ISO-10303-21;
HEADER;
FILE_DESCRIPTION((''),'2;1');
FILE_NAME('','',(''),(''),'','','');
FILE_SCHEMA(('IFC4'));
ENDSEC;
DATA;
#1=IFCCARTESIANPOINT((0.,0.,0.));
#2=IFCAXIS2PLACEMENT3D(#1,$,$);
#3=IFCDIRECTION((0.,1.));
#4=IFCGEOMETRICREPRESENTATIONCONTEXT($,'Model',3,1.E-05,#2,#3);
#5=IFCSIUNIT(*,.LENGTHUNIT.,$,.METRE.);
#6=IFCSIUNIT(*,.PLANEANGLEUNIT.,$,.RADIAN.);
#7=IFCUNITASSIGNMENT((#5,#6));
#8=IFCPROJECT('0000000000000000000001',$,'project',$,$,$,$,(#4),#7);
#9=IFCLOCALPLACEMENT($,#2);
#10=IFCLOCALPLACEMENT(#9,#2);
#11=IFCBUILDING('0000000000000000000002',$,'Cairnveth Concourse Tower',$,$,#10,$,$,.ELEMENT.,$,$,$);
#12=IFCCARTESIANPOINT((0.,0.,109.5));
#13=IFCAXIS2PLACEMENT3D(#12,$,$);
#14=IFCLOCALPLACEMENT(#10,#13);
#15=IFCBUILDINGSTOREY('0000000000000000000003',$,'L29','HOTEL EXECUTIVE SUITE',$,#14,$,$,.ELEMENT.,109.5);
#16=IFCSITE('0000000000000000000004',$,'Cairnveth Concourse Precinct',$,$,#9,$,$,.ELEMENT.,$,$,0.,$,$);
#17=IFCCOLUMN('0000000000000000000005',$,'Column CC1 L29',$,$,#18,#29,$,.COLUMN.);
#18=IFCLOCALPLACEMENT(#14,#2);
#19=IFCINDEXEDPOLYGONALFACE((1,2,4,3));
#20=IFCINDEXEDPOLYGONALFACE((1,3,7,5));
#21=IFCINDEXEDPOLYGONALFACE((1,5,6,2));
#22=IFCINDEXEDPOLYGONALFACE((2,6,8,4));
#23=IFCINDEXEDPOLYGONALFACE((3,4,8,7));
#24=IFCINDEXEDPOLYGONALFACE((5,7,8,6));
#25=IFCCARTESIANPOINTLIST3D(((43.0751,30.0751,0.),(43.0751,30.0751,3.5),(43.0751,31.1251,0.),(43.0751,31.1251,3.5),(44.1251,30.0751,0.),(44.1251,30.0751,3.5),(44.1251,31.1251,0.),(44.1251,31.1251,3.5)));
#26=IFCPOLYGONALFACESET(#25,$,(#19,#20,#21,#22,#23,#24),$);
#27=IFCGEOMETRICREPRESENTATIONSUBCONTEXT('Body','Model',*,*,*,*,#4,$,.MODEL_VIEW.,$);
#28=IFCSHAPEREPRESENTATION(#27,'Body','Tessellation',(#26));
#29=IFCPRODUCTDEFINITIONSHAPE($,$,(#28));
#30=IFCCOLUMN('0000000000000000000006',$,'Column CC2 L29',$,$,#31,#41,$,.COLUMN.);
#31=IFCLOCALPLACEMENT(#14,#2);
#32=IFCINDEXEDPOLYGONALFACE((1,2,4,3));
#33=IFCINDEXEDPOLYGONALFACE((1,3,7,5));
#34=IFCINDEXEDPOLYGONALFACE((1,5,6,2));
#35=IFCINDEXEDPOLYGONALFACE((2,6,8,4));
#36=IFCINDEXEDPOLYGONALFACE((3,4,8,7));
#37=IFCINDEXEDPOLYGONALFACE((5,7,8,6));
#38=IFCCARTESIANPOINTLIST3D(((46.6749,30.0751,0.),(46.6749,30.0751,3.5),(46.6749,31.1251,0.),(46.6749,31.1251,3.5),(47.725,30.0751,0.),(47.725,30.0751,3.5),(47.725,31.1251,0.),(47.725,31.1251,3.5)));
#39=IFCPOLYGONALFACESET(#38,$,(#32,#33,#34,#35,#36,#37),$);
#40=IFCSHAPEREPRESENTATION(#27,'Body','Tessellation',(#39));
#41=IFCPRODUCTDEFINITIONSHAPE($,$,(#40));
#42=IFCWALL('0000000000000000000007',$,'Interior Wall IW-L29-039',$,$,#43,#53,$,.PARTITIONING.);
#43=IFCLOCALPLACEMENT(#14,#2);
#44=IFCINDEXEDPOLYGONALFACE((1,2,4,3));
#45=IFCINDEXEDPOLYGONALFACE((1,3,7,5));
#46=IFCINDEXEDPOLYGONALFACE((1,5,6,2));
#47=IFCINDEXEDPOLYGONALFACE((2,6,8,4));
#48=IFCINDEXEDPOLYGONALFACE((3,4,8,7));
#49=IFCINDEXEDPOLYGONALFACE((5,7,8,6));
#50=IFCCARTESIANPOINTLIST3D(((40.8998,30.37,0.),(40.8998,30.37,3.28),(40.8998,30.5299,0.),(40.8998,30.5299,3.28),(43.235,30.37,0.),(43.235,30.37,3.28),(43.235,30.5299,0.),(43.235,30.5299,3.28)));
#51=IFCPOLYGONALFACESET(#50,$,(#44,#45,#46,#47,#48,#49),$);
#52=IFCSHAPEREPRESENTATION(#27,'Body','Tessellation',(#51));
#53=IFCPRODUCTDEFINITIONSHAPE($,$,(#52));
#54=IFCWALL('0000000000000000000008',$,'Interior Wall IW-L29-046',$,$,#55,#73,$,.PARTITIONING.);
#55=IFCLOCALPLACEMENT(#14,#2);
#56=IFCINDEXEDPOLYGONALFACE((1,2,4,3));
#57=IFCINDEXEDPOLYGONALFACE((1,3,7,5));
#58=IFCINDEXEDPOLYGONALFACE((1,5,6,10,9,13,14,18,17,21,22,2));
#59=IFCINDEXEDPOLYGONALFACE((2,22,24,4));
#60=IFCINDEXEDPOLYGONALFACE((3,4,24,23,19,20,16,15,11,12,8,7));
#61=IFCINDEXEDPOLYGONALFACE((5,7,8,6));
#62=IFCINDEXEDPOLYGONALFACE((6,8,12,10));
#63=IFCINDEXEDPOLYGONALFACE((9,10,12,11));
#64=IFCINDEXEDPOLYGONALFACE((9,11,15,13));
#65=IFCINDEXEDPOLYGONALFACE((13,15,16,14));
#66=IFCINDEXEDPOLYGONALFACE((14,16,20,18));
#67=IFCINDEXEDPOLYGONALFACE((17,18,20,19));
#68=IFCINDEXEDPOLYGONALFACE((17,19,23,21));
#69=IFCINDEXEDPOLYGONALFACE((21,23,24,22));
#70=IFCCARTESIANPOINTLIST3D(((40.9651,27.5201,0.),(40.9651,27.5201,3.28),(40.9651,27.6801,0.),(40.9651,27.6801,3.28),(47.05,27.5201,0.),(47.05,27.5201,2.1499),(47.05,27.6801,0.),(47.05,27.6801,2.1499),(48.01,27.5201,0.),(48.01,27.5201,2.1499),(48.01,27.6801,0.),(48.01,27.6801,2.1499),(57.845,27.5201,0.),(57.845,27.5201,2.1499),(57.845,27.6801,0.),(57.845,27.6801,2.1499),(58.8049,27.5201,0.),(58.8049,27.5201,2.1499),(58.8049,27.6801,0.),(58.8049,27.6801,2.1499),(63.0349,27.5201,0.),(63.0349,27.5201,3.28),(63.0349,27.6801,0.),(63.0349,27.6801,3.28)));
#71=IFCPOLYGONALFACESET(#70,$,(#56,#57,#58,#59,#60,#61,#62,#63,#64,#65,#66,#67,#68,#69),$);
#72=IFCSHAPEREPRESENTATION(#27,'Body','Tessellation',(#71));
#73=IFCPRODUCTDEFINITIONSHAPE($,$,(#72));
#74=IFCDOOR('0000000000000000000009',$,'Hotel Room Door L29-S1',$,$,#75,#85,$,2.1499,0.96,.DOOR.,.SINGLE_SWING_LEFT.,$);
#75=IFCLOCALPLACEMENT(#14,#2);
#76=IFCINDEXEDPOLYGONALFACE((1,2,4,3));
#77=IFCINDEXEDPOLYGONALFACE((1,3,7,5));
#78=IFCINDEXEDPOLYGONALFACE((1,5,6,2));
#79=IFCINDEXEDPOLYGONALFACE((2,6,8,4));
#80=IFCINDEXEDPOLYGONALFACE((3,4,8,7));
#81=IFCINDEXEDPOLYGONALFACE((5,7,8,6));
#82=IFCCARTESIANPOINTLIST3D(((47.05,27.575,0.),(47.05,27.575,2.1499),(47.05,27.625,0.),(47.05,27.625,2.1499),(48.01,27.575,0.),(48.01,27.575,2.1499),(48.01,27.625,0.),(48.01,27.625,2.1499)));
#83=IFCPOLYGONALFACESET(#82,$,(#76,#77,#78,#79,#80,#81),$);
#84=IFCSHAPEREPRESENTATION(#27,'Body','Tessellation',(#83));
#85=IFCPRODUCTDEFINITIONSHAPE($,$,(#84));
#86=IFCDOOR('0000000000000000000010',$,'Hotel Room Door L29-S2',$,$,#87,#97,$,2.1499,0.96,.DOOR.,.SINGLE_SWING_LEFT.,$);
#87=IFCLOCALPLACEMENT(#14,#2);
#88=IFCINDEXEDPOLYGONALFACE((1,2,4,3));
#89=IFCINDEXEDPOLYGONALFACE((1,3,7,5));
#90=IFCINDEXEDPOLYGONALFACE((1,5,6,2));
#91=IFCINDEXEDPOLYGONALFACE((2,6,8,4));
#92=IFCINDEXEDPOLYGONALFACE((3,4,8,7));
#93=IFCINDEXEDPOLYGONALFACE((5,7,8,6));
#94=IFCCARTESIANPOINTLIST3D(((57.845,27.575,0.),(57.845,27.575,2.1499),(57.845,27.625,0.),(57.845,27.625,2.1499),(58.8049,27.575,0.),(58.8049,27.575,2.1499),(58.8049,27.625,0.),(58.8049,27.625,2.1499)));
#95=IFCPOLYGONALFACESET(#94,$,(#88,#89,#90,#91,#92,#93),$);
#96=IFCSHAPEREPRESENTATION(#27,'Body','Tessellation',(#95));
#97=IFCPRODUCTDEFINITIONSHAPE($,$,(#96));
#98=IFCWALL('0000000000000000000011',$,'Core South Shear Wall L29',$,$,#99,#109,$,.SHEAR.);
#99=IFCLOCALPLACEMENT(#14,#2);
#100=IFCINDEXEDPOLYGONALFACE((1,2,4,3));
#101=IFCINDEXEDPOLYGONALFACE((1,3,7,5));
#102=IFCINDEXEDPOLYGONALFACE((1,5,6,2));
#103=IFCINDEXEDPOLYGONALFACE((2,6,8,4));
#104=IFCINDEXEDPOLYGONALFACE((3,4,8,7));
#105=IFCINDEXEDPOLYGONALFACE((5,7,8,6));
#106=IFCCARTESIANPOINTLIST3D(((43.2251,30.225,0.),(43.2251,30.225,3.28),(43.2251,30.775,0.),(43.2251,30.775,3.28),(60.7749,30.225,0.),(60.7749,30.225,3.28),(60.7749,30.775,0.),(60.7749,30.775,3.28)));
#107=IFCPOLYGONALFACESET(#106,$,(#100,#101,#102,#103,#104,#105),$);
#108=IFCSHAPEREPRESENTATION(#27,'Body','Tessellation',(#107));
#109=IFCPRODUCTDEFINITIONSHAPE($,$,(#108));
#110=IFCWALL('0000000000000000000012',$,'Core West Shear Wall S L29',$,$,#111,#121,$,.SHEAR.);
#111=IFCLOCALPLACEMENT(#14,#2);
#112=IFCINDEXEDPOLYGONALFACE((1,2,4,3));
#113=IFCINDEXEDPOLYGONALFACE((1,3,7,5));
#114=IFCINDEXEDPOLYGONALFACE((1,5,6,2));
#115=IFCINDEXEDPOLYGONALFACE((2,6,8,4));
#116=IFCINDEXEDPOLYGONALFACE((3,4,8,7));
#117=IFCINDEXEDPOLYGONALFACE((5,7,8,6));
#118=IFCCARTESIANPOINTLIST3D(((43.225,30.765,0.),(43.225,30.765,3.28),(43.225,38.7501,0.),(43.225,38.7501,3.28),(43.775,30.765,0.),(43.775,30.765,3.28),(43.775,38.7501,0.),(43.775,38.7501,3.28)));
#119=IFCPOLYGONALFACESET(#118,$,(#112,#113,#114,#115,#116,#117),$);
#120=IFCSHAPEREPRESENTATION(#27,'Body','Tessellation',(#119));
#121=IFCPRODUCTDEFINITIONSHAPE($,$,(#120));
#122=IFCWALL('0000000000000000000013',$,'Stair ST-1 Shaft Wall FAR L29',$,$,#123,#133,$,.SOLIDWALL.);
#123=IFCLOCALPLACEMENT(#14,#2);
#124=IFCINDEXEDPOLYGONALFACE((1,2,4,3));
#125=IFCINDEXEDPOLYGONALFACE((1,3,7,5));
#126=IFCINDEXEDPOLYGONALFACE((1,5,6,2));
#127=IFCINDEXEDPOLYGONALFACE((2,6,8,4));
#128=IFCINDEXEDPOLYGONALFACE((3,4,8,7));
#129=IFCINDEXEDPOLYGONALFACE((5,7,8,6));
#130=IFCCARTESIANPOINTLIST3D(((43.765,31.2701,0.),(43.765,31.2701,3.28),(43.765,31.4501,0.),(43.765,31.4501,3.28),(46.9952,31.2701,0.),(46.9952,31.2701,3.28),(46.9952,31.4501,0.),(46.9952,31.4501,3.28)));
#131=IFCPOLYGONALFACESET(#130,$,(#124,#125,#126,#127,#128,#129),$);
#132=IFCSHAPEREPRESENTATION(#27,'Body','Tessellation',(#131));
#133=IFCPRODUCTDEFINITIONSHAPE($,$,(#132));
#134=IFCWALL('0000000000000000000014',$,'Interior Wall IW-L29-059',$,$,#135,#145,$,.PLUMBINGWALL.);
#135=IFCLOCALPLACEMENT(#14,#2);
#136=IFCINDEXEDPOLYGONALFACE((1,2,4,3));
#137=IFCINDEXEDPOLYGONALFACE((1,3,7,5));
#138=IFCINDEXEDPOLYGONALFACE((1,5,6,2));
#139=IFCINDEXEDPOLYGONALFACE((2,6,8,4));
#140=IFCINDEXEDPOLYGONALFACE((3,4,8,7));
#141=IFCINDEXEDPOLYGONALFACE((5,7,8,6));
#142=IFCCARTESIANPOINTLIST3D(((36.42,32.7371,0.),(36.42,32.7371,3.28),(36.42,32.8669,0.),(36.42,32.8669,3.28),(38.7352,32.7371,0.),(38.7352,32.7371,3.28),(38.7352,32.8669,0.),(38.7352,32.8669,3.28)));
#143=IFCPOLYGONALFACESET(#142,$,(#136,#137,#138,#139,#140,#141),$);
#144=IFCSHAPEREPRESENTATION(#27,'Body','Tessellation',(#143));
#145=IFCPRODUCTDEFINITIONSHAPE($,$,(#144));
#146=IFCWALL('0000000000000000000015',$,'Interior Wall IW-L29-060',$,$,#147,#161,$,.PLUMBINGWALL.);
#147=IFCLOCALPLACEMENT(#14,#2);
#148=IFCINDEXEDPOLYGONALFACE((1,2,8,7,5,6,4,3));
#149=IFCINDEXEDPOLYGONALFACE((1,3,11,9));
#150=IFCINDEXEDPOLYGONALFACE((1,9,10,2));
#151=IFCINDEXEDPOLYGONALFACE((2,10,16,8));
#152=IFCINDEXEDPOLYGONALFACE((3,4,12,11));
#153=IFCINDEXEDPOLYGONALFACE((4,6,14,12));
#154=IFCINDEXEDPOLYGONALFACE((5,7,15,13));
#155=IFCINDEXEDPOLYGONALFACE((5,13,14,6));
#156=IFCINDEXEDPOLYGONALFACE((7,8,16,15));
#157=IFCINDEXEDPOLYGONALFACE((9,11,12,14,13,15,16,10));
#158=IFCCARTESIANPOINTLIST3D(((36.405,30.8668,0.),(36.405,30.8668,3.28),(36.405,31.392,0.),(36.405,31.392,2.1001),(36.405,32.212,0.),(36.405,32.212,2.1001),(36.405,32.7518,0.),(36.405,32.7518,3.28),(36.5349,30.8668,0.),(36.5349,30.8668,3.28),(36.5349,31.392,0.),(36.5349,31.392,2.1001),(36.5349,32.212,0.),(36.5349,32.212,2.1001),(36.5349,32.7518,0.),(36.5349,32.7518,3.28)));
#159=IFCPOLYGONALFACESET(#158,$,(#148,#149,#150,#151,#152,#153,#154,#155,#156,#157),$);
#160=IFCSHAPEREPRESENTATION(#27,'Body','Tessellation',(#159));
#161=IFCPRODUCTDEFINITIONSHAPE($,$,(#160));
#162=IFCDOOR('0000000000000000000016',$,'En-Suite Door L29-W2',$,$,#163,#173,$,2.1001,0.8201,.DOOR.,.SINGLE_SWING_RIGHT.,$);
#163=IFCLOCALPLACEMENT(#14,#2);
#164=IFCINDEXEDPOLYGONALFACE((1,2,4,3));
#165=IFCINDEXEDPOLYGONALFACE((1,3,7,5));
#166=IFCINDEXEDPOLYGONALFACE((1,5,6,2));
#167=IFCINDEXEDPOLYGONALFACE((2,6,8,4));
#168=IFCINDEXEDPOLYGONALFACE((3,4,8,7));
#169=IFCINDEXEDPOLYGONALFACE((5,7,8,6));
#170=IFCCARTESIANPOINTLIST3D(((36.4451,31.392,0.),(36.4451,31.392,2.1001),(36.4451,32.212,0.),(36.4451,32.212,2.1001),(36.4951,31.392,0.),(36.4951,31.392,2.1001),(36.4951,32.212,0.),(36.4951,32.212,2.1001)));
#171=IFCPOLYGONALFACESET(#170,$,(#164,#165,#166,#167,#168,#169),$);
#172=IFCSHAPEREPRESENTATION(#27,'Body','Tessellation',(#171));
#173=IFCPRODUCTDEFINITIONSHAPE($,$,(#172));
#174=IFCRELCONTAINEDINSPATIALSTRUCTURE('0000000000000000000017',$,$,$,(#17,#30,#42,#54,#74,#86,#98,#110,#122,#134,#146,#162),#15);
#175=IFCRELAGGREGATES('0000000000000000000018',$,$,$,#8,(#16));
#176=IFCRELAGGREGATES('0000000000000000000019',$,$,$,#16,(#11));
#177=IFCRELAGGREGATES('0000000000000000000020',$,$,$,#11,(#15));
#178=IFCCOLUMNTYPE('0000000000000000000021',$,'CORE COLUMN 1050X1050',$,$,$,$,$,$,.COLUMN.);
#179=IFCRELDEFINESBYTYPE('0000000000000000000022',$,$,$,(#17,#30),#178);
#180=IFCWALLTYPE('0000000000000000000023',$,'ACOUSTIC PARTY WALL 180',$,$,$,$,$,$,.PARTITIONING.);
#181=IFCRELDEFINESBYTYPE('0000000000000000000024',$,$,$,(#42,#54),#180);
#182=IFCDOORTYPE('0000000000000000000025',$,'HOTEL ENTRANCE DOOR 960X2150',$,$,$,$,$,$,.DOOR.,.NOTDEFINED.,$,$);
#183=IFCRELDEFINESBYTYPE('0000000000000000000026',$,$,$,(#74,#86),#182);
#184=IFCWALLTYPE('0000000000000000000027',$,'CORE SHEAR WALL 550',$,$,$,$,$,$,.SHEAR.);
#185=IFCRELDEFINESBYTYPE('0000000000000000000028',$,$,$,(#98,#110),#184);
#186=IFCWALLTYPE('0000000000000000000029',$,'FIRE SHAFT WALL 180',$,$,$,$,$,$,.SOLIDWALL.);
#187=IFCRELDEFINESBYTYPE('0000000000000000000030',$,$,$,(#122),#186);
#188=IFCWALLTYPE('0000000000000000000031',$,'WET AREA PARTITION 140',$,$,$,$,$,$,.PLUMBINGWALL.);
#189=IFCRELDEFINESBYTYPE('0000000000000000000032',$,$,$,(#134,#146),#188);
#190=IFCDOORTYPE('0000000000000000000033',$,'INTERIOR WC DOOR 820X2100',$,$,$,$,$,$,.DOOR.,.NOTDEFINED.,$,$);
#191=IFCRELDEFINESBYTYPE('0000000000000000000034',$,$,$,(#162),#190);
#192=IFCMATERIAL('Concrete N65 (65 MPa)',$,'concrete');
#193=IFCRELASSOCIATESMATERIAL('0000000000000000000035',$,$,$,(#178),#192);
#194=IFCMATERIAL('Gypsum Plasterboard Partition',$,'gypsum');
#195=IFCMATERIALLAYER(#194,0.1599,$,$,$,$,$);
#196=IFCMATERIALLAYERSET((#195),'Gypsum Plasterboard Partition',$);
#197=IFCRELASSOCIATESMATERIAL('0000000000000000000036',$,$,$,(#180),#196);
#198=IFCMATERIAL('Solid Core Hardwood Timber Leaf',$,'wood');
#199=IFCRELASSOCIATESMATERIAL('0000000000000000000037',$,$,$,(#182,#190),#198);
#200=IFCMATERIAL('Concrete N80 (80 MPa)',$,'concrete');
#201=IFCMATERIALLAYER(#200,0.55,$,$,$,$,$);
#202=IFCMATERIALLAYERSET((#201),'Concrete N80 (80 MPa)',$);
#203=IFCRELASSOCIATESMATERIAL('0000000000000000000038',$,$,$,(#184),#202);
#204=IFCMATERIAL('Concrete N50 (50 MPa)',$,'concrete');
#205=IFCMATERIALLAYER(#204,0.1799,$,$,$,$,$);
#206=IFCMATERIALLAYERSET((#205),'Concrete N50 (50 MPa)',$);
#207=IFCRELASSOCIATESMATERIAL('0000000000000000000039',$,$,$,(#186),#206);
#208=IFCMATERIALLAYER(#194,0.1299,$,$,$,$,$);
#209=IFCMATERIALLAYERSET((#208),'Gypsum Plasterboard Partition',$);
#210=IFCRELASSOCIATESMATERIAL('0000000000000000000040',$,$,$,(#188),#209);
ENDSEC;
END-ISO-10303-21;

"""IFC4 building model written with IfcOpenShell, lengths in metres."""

from ifc_helpers import new_model, si_unit, direction, frame, frame_2d, origin, origin_2d, place, context, subcontext, project, spatial, rectangle, extrude, material, layer, layer_set, material_profile, profile_set, type_object, element, fill, save


model = new_model("IFC4")

# Units and contexts
model_context = context("Model", 3, precision=1e-05, world=origin(), true_north=direction((0.0, 1.0)))
body_context = subcontext(model_context, "Body", "Model", "MODEL_VIEW")
ifc_project = project(units=[si_unit("LENGTHUNIT", "METRE"), si_unit("PLANEANGLEUNIT", "RADIAN")], contexts=[model_context])

# Site, building, storey
site_placement = place(None, origin())
site = spatial("IfcSite", under=ifc_project, at=site_placement, Name="Cairnveth Concourse Precinct", CompositionType="ELEMENT", RefElevation=0.0)
building_placement = place(site_placement, origin())
building = spatial("IfcBuilding", under=site, at=building_placement, Name="Cairnveth Concourse Tower", CompositionType="ELEMENT")
storey_placement = place(building_placement, frame((0.0, 0.0, 109.5)))
storey = spatial("IfcBuildingStorey", under=building, at=storey_placement, Name="L29", Description="HOTEL EXECUTIVE SUITE", CompositionType="ELEMENT", Elevation=109.5)

# Columns
ifc_material_1 = material(Name="Concrete N65 (65 MPa)", Category="concrete")
ifc_material_profile = material_profile(ifc_material_1, rectangle(XDim=1.05, YDim=1.05, at=origin_2d()), Name="RC-COL-1050x1050")
ifc_profile_set = profile_set([ifc_material_profile], Name="Concrete N65 (65 MPa)")
column_type = type_object("IfcColumnType", Name="CORE COLUMN 1050X1050", PredefinedType="COLUMN", material=ifc_profile_set)
for number, where, z_axis, x_axis, name in (
    (1, (43.6001, 30.6001, 0.0), (0.0, 0.0, 1.0), (1.0, 0.0, 0.0), "Column CC1 L29"),
    (2, (47.2, 30.6001, 0.0), (0.0, 0.0, 1.0), (1.0, 0.0, 0.0), "Column CC2 L29"),
):
    element("IfcColumn", number, at=place(storey_placement, frame(where, z_axis=z_axis, x_axis=x_axis)), inside=storey, type_object=column_type, Name=name, PredefinedType="COLUMN", context=body_context, shape_type="SweptSolid", body=[
        extrude(rectangle(XDim=1.05, YDim=1.05, at=origin_2d()), origin(), (0.0, 0.0, 1.0), 3.5),
    ])

# Wall
ifc_material_2 = material(Name="Gypsum Plasterboard Partition", Category="gypsum")
ifc_layer_1 = layer(ifc_material_2, 0.1599)
ifc_layer_set_1 = layer_set([ifc_layer_1], Name="Gypsum Plasterboard Partition")
wall_type_1 = type_object("IfcWallType", Name="ACOUSTIC PARTY WALL 180", PredefinedType="PARTITIONING", material=ifc_layer_set_1)
wall_1_placement = place(storey_placement, frame((40.8999, 30.45, 0.0), z_axis=(0.0, 0.0, 1.0), x_axis=(1.0, 0.0, 0.0)))
element("IfcWall", 3, at=wall_1_placement, inside=storey, type_object=wall_type_1, Name="Interior Wall IW-L29-039", PredefinedType="PARTITIONING", context=body_context, shape_type="SweptSolid", body=[
    extrude(rectangle(XDim=2.3352, YDim=0.1599, at=frame_2d((1.1675, 0.0))), origin(), (0.0, 0.0, 1.0), 3.28),
])

# Wall, openings, doors
wall_2_placement = place(storey_placement, frame((40.9651, 27.6001, 0.0), z_axis=(0.0, 0.0, 1.0), x_axis=(1.0, 0.0, 0.0)))
wall_2 = element("IfcWall", 4, at=wall_2_placement, inside=storey, type_object=wall_type_1, Name="Interior Wall IW-L29-046", PredefinedType="PARTITIONING", context=body_context, shape_type="SweptSolid", body=[
    extrude(rectangle(XDim=22.0698, YDim=0.1599, at=frame_2d((11.0349, 0.0))), origin(), (0.0, 0.0, 1.0), 3.28),
])
opening_1_placement = place(wall_2_placement, frame((6.085, 0.0, 0.0)))
opening_1 = element("IfcOpeningElement", 5, at=opening_1_placement, cuts=wall_2, PredefinedType="OPENING", context=body_context, shape_type="SweptSolid", body=[
    extrude(rectangle(XDim=0.96, YDim=2.1499, at=frame_2d((0.48, 1.075))), frame((0.0, 0.0898, 0.0), z_axis=(0.0, -1.0, 0.0), x_axis=(1.0, 0.0, 0.0)), (0.0, 0.0, 1.0), 0.1799),
])
opening_2_placement = place(wall_2_placement, frame((16.8799, 0.0, 0.0)))
opening_2 = element("IfcOpeningElement", 6, at=opening_2_placement, cuts=wall_2, PredefinedType="OPENING", context=body_context, shape_type="SweptSolid", body=[
    extrude(rectangle(XDim=0.96, YDim=2.1499, at=frame_2d((0.48, 1.075))), frame((0.0, 0.0898, 0.0), z_axis=(0.0, -1.0, 0.0), x_axis=(1.0, 0.0, 0.0)), (0.0, 0.0, 1.0), 0.1799),
])
ifc_material_3 = material(Name="Solid Core Hardwood Timber Leaf", Category="wood")
door_type_1 = type_object("IfcDoorType", Name="HOTEL ENTRANCE DOOR 960X2150", OperationType="NOTDEFINED", PredefinedType="DOOR", material=ifc_material_3)
door_1_placement = place(opening_1_placement, origin())
door_1 = element("IfcDoor", 7, at=door_1_placement, inside=storey, type_object=door_type_1, Name="Hotel Room Door L29-S1", OperationType="SINGLE_SWING_LEFT", OverallHeight=2.1499, OverallWidth=0.96, PredefinedType="DOOR", context=body_context, shape_type="SweptSolid", body=[
    extrude(rectangle(XDim=0.96, YDim=2.1499, at=frame_2d((0.48, 1.075))), frame((0.0, 0.0249, 0.0), z_axis=(0.0, -1.0, 0.0), x_axis=(1.0, 0.0, 0.0)), (0.0, 0.0, 1.0), 0.05),
])
fill(opening_1, door_1)
door_2_placement = place(opening_2_placement, origin())
door_2 = element("IfcDoor", 8, at=door_2_placement, inside=storey, type_object=door_type_1, Name="Hotel Room Door L29-S2", OperationType="SINGLE_SWING_LEFT", OverallHeight=2.1499, OverallWidth=0.96, PredefinedType="DOOR", context=body_context, shape_type="SweptSolid", body=[
    extrude(rectangle(XDim=0.96, YDim=2.1499, at=frame_2d((0.48, 1.075))), frame((0.0, 0.0249, 0.0), z_axis=(0.0, -1.0, 0.0), x_axis=(1.0, 0.0, 0.0)), (0.0, 0.0, 1.0), 0.05),
])
fill(opening_2, door_2)

# Walls
ifc_material_4 = material(Name="Concrete N80 (80 MPa)", Category="concrete")
ifc_layer_2 = layer(ifc_material_4, 0.55)
ifc_layer_set_2 = layer_set([ifc_layer_2], Name="Concrete N80 (80 MPa)")
wall_type_2 = type_object("IfcWallType", Name="CORE SHEAR WALL 550", PredefinedType="SHEAR", material=ifc_layer_set_2)
wall_3_placement = place(storey_placement, frame((43.2251, 30.5, 0.0), z_axis=(0.0, 0.0, 1.0), x_axis=(1.0, 0.0, 0.0)))
element("IfcWall", 9, at=wall_3_placement, inside=storey, type_object=wall_type_2, Name="Core South Shear Wall L29", PredefinedType="SHEAR", context=body_context, shape_type="SweptSolid", body=[
    extrude(rectangle(XDim=17.5498, YDim=0.55, at=frame_2d((8.7749, 0.0))), origin(), (0.0, 0.0, 1.0), 3.28),
])
wall_4_placement = place(storey_placement, frame((43.5, 30.7649, 0.0), z_axis=(0.0, 0.0, 1.0), x_axis=(0.0, 1.0, 0.0)))
element("IfcWall", 10, at=wall_4_placement, inside=storey, type_object=wall_type_2, Name="Core West Shear Wall S L29", PredefinedType="SHEAR", context=body_context, shape_type="SweptSolid", body=[
    extrude(rectangle(XDim=7.9851, YDim=0.55, at=frame_2d((3.9927, 0.0))), origin(), (0.0, 0.0, 1.0), 3.28),
])
ifc_material_5 = material(Name="Concrete N50 (50 MPa)", Category="concrete")
ifc_layer_3 = layer(ifc_material_5, 0.1799)
ifc_layer_set_3 = layer_set([ifc_layer_3], Name="Concrete N50 (50 MPa)")
wall_type_3 = type_object("IfcWallType", Name="FIRE SHAFT WALL 180", PredefinedType="SOLIDWALL", material=ifc_layer_set_3)
wall_5_placement = place(storey_placement, frame((43.7649, 31.3601, 0.0), z_axis=(0.0, 0.0, 1.0), x_axis=(1.0, 0.0, 0.0)))
element("IfcWall", 11, at=wall_5_placement, inside=storey, type_object=wall_type_3, Name="Stair ST-1 Shaft Wall FAR L29", PredefinedType="SOLIDWALL", context=body_context, shape_type="SweptSolid", body=[
    extrude(rectangle(XDim=3.2302, YDim=0.1799, at=frame_2d((1.6152, 0.0))), origin(), (0.0, 0.0, 1.0), 3.28),
])
ifc_layer_4 = layer(ifc_material_2, 0.1299)
ifc_layer_set_4 = layer_set([ifc_layer_4], Name="Gypsum Plasterboard Partition")
wall_type_4 = type_object("IfcWallType", Name="WET AREA PARTITION 140", PredefinedType="PLUMBINGWALL", material=ifc_layer_set_4)
wall_6_placement = place(storey_placement, frame((36.4199, 32.802, 0.0), z_axis=(0.0, 0.0, 1.0), x_axis=(1.0, 0.0, 0.0)))
element("IfcWall", 12, at=wall_6_placement, inside=storey, type_object=wall_type_4, Name="Interior Wall IW-L29-059", PredefinedType="PLUMBINGWALL", context=body_context, shape_type="SweptSolid", body=[
    extrude(rectangle(XDim=2.3152, YDim=0.1299, at=frame_2d((1.1577, 0.0))), origin(), (0.0, 0.0, 1.0), 3.28),
])

# Wall, opening, door
wall_7_placement = place(storey_placement, frame((36.47, 30.8669, 0.0), z_axis=(0.0, 0.0, 1.0), x_axis=(0.0, 1.0, 0.0)))
wall_7 = element("IfcWall", 13, at=wall_7_placement, inside=storey, type_object=wall_type_4, Name="Interior Wall IW-L29-060", PredefinedType="PLUMBINGWALL", context=body_context, shape_type="SweptSolid", body=[
    extrude(rectangle(XDim=1.885, YDim=0.1299, at=frame_2d((0.9424, 0.0))), origin(), (0.0, 0.0, 1.0), 3.28),
])
opening_3_placement = place(wall_7_placement, frame((0.5249, 0.0, 0.0)))
opening_3 = element("IfcOpeningElement", 14, at=opening_3_placement, cuts=wall_7, PredefinedType="OPENING", context=body_context, shape_type="SweptSolid", body=[
    extrude(rectangle(XDim=0.8201, YDim=2.1001, at=frame_2d((0.4102, 1.05))), frame((0.0, 0.075, 0.0), z_axis=(0.0, -1.0, 0.0), x_axis=(1.0, 0.0, 0.0)), (0.0, 0.0, 1.0), 0.1499),
])
door_type_2 = type_object("IfcDoorType", Name="INTERIOR WC DOOR 820X2100", OperationType="NOTDEFINED", PredefinedType="DOOR", material=ifc_material_3)
door_3_placement = place(opening_3_placement, origin())
door_3 = element("IfcDoor", 15, at=door_3_placement, inside=storey, type_object=door_type_2, Name="En-Suite Door L29-W2", OperationType="SINGLE_SWING_RIGHT", OverallHeight=2.1001, OverallWidth=0.8201, PredefinedType="DOOR", context=body_context, shape_type="SweptSolid", body=[
    extrude(rectangle(XDim=0.8201, YDim=2.1001, at=frame_2d((0.4102, 1.05))), frame((0.0, 0.0249, 0.0), z_axis=(0.0, -1.0, 0.0), x_axis=(1.0, 0.0, 0.0)), (0.0, 0.0, 1.0), 0.05),
])
fill(opening_3, door_3)

save(model, "model.ifc")
